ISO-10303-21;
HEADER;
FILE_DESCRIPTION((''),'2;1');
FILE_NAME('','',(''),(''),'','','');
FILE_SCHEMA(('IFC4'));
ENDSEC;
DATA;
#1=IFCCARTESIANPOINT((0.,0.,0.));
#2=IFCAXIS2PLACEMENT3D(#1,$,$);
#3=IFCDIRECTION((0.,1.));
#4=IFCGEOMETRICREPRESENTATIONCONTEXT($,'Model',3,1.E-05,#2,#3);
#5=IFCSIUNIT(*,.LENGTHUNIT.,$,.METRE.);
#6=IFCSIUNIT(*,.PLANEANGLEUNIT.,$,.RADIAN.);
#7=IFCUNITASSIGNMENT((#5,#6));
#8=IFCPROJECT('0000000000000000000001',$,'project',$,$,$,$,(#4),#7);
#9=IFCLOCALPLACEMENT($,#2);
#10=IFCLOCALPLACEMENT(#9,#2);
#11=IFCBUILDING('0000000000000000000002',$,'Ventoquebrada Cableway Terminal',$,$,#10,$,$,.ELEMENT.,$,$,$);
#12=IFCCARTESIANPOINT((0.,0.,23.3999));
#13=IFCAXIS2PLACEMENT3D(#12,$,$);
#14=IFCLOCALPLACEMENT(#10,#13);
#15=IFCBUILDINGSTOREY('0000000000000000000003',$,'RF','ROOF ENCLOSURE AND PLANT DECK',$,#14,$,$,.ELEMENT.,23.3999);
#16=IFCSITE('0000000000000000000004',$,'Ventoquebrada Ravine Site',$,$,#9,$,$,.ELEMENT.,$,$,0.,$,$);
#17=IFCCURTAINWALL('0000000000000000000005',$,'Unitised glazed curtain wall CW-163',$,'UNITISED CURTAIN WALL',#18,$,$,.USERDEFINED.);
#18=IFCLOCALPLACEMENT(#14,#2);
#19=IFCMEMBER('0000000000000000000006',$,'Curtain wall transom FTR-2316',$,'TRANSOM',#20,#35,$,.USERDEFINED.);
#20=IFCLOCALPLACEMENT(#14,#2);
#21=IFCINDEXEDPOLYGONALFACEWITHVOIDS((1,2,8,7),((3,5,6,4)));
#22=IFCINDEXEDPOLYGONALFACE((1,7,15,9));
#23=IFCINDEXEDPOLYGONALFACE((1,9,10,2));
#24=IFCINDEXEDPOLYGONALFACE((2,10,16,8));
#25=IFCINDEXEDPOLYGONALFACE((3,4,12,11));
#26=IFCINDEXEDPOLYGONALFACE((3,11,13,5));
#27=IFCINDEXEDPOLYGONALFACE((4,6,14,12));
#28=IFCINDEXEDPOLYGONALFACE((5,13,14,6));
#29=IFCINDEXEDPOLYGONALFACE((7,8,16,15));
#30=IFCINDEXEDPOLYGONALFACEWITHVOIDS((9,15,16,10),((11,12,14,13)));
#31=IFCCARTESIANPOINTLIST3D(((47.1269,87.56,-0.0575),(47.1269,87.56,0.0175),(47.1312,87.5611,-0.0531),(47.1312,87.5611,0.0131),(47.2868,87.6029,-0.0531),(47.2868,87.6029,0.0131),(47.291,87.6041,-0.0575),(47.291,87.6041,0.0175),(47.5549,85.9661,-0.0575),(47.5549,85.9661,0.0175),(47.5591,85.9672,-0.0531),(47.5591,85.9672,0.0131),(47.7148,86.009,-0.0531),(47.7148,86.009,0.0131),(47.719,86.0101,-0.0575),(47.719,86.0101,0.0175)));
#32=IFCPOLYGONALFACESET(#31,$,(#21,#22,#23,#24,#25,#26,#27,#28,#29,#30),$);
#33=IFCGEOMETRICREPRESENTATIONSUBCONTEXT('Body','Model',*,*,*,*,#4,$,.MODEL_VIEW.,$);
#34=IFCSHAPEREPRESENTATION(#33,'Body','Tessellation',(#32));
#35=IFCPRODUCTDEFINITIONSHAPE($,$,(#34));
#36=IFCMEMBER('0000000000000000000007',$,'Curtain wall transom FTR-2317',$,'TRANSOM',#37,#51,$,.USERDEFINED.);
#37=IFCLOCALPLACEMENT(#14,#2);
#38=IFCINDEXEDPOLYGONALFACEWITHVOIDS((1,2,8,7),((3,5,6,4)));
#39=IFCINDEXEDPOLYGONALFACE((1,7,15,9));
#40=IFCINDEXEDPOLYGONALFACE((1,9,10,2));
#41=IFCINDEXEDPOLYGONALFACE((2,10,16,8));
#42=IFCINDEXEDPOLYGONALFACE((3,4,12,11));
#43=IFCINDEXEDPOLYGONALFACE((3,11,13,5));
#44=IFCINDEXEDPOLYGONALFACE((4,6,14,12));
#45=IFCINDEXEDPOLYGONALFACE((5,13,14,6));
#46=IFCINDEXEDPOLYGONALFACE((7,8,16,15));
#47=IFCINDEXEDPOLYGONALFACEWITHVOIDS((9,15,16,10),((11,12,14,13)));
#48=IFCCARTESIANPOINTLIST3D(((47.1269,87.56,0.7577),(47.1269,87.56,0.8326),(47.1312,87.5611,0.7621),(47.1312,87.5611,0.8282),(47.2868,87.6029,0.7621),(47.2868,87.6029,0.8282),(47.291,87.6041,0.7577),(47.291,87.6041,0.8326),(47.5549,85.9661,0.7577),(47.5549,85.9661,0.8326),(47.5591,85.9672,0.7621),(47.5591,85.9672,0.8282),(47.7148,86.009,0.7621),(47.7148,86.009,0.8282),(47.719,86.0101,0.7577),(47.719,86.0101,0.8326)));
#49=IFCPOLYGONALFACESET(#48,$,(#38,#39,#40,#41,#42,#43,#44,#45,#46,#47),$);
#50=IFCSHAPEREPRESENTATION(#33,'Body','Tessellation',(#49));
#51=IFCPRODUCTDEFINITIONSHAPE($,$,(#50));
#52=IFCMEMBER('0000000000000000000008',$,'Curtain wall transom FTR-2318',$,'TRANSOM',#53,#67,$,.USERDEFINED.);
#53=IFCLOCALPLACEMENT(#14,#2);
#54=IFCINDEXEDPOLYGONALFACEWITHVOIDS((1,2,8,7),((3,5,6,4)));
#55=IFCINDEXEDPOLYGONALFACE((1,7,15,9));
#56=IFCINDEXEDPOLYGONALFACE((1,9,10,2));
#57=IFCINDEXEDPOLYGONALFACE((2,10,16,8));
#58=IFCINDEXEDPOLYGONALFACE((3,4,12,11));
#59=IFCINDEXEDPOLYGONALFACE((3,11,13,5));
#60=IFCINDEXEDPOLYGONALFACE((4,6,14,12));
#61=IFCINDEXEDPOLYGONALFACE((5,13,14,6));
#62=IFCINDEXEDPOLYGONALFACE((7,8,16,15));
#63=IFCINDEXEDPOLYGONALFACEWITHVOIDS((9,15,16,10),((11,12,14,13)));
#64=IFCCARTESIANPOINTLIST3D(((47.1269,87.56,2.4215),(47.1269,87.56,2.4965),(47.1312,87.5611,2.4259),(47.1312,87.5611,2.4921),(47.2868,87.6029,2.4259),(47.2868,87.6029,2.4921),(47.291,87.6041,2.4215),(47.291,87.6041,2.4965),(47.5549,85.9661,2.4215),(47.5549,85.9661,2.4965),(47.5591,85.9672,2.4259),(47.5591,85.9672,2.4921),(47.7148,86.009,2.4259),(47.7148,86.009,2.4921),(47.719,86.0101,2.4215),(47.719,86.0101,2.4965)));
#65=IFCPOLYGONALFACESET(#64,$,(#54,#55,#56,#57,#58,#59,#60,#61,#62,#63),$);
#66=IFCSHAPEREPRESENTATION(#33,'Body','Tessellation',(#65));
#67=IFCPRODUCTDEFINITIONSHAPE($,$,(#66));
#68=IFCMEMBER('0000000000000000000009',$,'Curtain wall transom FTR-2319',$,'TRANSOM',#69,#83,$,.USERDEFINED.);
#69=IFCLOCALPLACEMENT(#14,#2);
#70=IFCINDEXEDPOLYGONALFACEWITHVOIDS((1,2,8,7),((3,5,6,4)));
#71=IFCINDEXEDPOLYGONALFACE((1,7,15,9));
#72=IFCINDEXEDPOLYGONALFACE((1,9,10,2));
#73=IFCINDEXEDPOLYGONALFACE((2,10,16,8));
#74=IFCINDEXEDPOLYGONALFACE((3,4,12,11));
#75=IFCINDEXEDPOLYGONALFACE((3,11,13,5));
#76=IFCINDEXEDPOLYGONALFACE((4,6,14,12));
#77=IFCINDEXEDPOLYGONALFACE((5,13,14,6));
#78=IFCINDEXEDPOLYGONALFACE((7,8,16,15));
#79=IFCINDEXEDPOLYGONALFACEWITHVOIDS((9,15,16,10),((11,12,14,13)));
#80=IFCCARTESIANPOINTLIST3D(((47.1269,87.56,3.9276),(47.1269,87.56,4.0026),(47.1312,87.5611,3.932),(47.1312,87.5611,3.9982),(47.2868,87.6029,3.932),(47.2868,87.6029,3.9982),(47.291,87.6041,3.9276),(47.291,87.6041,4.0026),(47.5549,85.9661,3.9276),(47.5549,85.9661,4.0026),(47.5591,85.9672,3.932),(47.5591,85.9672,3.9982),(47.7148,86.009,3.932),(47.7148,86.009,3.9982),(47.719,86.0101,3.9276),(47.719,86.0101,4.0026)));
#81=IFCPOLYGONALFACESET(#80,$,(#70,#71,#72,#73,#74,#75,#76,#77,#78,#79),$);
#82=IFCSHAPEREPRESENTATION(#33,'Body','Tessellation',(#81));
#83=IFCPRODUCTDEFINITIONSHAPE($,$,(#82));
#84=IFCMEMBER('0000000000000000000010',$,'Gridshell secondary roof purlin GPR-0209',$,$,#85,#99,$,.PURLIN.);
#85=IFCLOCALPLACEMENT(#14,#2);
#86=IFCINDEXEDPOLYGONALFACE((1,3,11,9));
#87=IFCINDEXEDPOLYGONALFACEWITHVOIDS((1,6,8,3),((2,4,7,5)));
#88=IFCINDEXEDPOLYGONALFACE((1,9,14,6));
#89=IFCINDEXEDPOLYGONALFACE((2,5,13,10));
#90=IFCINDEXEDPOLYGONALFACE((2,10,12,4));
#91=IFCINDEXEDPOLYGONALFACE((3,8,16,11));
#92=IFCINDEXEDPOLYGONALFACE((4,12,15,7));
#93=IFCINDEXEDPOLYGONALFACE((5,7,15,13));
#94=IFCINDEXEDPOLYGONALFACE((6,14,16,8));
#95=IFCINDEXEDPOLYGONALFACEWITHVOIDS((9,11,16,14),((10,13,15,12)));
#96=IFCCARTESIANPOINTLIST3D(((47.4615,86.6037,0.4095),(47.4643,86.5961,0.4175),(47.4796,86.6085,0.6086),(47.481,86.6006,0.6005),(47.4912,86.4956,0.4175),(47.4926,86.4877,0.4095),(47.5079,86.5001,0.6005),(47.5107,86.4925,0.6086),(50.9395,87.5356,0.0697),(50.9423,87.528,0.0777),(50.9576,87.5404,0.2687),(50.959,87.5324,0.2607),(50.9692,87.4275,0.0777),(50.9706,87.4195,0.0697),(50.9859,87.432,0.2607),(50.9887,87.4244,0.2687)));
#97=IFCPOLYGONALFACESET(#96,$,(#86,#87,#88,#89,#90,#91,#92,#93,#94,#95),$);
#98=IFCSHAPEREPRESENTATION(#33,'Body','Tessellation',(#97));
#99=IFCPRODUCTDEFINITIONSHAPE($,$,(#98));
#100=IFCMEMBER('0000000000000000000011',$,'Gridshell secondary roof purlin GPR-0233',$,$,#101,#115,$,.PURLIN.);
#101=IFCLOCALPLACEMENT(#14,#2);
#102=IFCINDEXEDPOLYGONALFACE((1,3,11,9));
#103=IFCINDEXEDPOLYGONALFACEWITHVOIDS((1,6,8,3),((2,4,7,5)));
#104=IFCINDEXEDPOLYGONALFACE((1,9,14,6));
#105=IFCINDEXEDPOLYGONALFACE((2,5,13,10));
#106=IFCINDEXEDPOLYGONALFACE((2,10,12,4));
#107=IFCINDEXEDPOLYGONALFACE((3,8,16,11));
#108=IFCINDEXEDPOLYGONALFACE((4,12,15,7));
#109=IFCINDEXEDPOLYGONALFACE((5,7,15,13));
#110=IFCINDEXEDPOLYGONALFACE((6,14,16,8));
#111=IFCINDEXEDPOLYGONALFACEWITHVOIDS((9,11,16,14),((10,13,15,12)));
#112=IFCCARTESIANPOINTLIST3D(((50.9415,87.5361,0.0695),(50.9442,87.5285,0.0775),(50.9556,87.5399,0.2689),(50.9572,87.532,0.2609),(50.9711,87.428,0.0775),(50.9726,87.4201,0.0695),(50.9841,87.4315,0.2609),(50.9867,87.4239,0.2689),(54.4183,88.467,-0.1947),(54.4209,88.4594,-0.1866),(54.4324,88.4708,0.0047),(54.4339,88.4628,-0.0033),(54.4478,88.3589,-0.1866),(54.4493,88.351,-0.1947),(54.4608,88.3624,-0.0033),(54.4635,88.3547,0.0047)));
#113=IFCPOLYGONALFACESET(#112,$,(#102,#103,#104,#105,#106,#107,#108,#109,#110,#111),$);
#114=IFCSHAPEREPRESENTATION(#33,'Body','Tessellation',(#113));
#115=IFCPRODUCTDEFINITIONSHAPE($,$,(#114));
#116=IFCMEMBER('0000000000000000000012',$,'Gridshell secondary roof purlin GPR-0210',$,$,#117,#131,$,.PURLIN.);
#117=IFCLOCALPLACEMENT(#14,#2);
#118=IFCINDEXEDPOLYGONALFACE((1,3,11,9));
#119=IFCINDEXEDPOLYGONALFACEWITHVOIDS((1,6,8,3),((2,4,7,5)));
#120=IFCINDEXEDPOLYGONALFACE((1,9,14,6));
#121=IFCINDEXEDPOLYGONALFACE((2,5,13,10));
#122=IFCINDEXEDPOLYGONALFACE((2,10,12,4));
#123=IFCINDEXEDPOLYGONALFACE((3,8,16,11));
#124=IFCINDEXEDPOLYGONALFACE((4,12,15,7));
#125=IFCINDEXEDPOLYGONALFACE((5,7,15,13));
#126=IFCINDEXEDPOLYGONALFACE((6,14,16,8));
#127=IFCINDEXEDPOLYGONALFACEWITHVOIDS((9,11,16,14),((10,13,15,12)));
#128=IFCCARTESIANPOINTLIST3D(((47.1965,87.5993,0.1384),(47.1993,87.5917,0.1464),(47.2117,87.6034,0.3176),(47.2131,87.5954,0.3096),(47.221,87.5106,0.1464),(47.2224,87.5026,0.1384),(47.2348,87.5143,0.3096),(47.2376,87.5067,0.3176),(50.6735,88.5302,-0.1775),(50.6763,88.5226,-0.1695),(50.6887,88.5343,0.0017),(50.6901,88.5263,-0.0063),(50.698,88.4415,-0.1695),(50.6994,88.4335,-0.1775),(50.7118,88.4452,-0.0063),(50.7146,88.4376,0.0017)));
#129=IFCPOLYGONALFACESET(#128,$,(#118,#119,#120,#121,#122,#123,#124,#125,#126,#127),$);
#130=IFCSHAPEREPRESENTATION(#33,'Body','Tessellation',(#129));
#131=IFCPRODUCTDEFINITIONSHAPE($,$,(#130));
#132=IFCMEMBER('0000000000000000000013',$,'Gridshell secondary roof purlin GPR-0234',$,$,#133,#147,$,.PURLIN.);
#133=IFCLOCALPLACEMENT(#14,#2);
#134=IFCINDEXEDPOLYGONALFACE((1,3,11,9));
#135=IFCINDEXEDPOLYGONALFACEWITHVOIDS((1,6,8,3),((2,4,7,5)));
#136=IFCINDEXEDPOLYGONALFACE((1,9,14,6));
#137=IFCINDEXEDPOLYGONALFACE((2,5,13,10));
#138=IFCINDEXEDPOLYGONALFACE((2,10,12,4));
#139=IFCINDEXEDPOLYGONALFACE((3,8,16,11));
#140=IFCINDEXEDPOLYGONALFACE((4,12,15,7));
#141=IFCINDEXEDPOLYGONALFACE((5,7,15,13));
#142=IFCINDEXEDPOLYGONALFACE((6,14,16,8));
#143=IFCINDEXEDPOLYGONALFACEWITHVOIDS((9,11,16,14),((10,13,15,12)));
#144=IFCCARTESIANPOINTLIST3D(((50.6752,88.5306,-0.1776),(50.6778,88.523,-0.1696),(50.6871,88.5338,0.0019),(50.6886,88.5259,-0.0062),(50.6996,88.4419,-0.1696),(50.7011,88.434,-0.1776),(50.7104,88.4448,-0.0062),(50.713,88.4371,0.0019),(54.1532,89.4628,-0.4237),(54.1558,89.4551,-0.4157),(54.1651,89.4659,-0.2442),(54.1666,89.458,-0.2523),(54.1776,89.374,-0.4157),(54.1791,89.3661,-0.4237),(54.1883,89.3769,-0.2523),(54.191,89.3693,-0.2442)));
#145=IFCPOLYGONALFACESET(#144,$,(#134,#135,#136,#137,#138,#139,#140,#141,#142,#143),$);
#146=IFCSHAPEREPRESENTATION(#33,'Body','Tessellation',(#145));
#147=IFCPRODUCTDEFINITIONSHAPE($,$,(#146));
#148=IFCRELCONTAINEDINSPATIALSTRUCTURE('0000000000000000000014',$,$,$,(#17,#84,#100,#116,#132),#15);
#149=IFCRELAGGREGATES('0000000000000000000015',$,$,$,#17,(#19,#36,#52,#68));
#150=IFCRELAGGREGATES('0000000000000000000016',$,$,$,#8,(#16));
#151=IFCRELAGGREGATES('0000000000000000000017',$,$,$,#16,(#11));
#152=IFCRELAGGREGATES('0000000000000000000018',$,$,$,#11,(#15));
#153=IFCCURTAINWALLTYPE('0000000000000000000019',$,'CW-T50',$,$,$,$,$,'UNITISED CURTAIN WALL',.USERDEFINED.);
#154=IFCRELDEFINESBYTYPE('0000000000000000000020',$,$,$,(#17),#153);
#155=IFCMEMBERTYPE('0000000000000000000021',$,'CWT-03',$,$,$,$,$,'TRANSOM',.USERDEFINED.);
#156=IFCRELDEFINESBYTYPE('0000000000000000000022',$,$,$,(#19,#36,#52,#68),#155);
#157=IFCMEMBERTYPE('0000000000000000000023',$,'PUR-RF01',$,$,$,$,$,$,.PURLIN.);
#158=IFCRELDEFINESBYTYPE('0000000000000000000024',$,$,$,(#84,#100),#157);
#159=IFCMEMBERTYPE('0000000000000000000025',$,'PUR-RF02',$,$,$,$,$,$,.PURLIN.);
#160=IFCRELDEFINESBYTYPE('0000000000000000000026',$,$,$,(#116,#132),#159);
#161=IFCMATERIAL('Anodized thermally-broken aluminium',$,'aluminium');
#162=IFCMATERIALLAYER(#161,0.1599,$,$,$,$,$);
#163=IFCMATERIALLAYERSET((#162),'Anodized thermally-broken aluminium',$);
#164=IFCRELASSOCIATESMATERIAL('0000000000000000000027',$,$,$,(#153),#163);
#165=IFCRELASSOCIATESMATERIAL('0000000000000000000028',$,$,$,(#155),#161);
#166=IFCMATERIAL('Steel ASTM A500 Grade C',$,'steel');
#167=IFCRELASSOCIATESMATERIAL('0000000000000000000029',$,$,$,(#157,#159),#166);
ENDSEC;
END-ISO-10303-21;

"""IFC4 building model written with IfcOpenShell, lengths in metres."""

from ifc_helpers import new_model, si_unit, direction, frame, origin, origin_2d, place, context, subcontext, project, spatial, hollow_rectangle, extrude, material, layer, layer_set, material_profile, profile_set, type_object, element, aggregate, save


model = new_model("IFC4")

# Units and contexts
model_context = context("Model", 3, precision=1e-05, world=origin(), true_north=direction((0.0, 1.0)))
body_context = subcontext(model_context, "Body", "Model", "MODEL_VIEW")
ifc_project = project(units=[si_unit("LENGTHUNIT", "METRE"), si_unit("PLANEANGLEUNIT", "RADIAN")], contexts=[model_context])

# Site, building, storey
site_placement = place(None, origin())
site = spatial("IfcSite", under=ifc_project, at=site_placement, Name="Ventoquebrada Ravine Site", CompositionType="ELEMENT", RefElevation=0.0)
building_placement = place(site_placement, origin())
building = spatial("IfcBuilding", under=site, at=building_placement, Name="Ventoquebrada Cableway Terminal", CompositionType="ELEMENT")
storey_placement = place(building_placement, frame((0.0, 0.0, 23.3999)))
storey = spatial("IfcBuildingStorey", under=building, at=storey_placement, Name="RF", Description="ROOF ENCLOSURE AND PLANT DECK", CompositionType="ELEMENT", Elevation=23.3999)

# Shared definitions
ifc_material_1 = material(Name="Steel ASTM A500 Grade C", Category="steel")

# Curtain wall
ifc_material_2 = material(Name="Anodized thermally-broken aluminium", Category="aluminium")
ifc_layer_1 = layer(ifc_material_2, 0.1599)
ifc_layer_set_1 = layer_set([ifc_layer_1], Name="Anodized thermally-broken aluminium")
curtain_wall_type_1 = type_object("IfcCurtainWallType", Name="CW-T50", ElementType="UNITISED CURTAIN WALL", PredefinedType="USERDEFINED", material=ifc_layer_set_1)
curtain_wall_1_placement = place(storey_placement, origin())
curtain_wall_1 = element("IfcCurtainWall", 1, at=curtain_wall_1_placement, inside=storey, type_object=curtain_wall_type_1, Name="Unitised glazed curtain wall CW-163", ObjectType="UNITISED CURTAIN WALL", PredefinedType="USERDEFINED")

# Members
ifc_material_profile_1 = material_profile(ifc_material_2, hollow_rectangle(XDim=0.075, YDim=0.1699, WallThickness=0.0044, at=origin_2d()), Name="CW-TRN-75X170")
ifc_profile_set_1 = profile_set([ifc_material_profile_1], Name="Anodized thermally-broken aluminium")
member_type_1 = type_object("IfcMemberType", Name="CWT-03", ElementType="TRANSOM", PredefinedType="USERDEFINED", material=ifc_profile_set_1)
member_1_placement = place(storey_placement, frame((47.209, 87.582, -0.02), z_axis=(0.25931, -0.965794, 0.0), x_axis=(0.0, 0.0, 1.0)))
member_1 = element("IfcMember", 2, at=member_1_placement, type_object=member_type_1, Name="Curtain wall transom FTR-2316", ObjectType="TRANSOM", PredefinedType="USERDEFINED", context=body_context, shape_type="SweptSolid", body=[
    extrude(hollow_rectangle(XDim=0.075, YDim=0.1699, WallThickness=0.0044, at=origin_2d()), origin(), (0.0, 0.0, 1.0), 1.6504),
])
member_2_placement = place(storey_placement, frame((47.209, 87.582, 0.7952), z_axis=(0.25931, -0.965794, 0.0), x_axis=(0.0, 0.0, 1.0)))
member_2 = element("IfcMember", 3, at=member_2_placement, type_object=member_type_1, Name="Curtain wall transom FTR-2317", ObjectType="TRANSOM", PredefinedType="USERDEFINED", context=body_context, shape_type="SweptSolid", body=[
    extrude(hollow_rectangle(XDim=0.075, YDim=0.1699, WallThickness=0.0044, at=origin_2d()), origin(), (0.0, 0.0, 1.0), 1.6504),
])
member_3_placement = place(storey_placement, frame((47.209, 87.582, 2.459), z_axis=(0.25931, -0.965794, 0.0), x_axis=(0.0, 0.0, 1.0)))
member_3 = element("IfcMember", 4, at=member_3_placement, type_object=member_type_1, Name="Curtain wall transom FTR-2318", ObjectType="TRANSOM", PredefinedType="USERDEFINED", context=body_context, shape_type="SweptSolid", body=[
    extrude(hollow_rectangle(XDim=0.075, YDim=0.1699, WallThickness=0.0044, at=origin_2d()), origin(), (0.0, 0.0, 1.0), 1.6504),
])
member_4_placement = place(storey_placement, frame((47.209, 87.582, 3.9651), z_axis=(0.25931, -0.965794, 0.0), x_axis=(0.0, 0.0, 1.0)))
member_4 = element("IfcMember", 5, at=member_4_placement, type_object=member_type_1, Name="Curtain wall transom FTR-2319", ObjectType="TRANSOM", PredefinedType="USERDEFINED", context=body_context, shape_type="SweptSolid", body=[
    extrude(hollow_rectangle(XDim=0.075, YDim=0.1699, WallThickness=0.0044, at=origin_2d()), origin(), (0.0, 0.0, 1.0), 1.6504),
])

# Members
ifc_material_profile_2 = material_profile(ifc_material_1, hollow_rectangle(XDim=0.1201, YDim=0.2, WallThickness=0.0081, at=origin_2d()), Name="RHS200X120X8")
ifc_profile_set_2 = profile_set([ifc_material_profile_2], Name="Steel ASTM A500 Grade C")
member_type_2 = type_object("IfcMemberType", Name="PUR-RF01", PredefinedType="PURLIN", material=ifc_profile_set_2)
member_5_placement = place(storey_placement, frame((47.4861, 86.5481, 0.509), z_axis=(0.961656, 0.257661, -0.093965), x_axis=(-0.258806, 0.965929, 0.0)))
element("IfcMember", 6, at=member_5_placement, inside=storey, type_object=member_type_2, Name="Gridshell secondary roof purlin GPR-0209", PredefinedType="PURLIN", context=body_context, shape_type="SweptSolid", body=[
    extrude(hollow_rectangle(XDim=0.1201, YDim=0.2, WallThickness=0.0081, at=origin_2d()), origin(), (0.0, 0.0, 1.0), 3.6167),
])
member_6_placement = place(storey_placement, frame((50.9641, 87.48, 0.1692), z_axis=(0.963383, 0.257944, -0.073196), x_axis=(-0.258638, 0.965974, 0.0)))
element("IfcMember", 7, at=member_6_placement, inside=storey, type_object=member_type_2, Name="Gridshell secondary roof purlin GPR-0233", PredefinedType="PURLIN", context=body_context, shape_type="SweptSolid", body=[
    extrude(hollow_rectangle(XDim=0.1201, YDim=0.2, WallThickness=0.0081, at=origin_2d()), origin(), (0.0, 0.0, 1.0), 3.6089),
])
ifc_material_profile_3 = material_profile(ifc_material_1, hollow_rectangle(XDim=0.1001, YDim=0.1799, WallThickness=0.0081, at=origin_2d()), Name="RHS180X100X8")
ifc_profile_set_3 = profile_set([ifc_material_profile_3], Name="Steel ASTM A500 Grade C")
member_type_3 = type_object("IfcMemberType", Name="PUR-RF02", PredefinedType="PURLIN", material=ifc_profile_set_3)
member_7_placement = place(storey_placement, frame((47.217, 87.553, 0.228), z_axis=(0.96228, 0.25763, -0.087431), x_axis=(-0.258621, 0.965979, 0.0)))
element("IfcMember", 8, at=member_7_placement, inside=storey, type_object=member_type_3, Name="Gridshell secondary roof purlin GPR-0210", PredefinedType="PURLIN", context=body_context, shape_type="SweptSolid", body=[
    extrude(hollow_rectangle(XDim=0.1001, YDim=0.1799, WallThickness=0.0081, at=origin_2d()), origin(), (0.0, 0.0, 1.0), 3.6133),
])
member_8_placement = place(storey_placement, frame((50.6941, 88.4839, -0.0879), z_axis=(0.963664, 0.258267, -0.068186), x_axis=(-0.258869, 0.965912, 0.0)))
element("IfcMember", 9, at=member_8_placement, inside=storey, type_object=member_type_3, Name="Gridshell secondary roof purlin GPR-0234", PredefinedType="PURLIN", context=body_context, shape_type="SweptSolid", body=[
    extrude(hollow_rectangle(XDim=0.1001, YDim=0.1799, WallThickness=0.0081, at=origin_2d()), origin(), (0.0, 0.0, 1.0), 3.6091),
])

aggregate(curtain_wall_1, [member_1, member_2, member_3, member_4])

save(model, "model.ifc")
